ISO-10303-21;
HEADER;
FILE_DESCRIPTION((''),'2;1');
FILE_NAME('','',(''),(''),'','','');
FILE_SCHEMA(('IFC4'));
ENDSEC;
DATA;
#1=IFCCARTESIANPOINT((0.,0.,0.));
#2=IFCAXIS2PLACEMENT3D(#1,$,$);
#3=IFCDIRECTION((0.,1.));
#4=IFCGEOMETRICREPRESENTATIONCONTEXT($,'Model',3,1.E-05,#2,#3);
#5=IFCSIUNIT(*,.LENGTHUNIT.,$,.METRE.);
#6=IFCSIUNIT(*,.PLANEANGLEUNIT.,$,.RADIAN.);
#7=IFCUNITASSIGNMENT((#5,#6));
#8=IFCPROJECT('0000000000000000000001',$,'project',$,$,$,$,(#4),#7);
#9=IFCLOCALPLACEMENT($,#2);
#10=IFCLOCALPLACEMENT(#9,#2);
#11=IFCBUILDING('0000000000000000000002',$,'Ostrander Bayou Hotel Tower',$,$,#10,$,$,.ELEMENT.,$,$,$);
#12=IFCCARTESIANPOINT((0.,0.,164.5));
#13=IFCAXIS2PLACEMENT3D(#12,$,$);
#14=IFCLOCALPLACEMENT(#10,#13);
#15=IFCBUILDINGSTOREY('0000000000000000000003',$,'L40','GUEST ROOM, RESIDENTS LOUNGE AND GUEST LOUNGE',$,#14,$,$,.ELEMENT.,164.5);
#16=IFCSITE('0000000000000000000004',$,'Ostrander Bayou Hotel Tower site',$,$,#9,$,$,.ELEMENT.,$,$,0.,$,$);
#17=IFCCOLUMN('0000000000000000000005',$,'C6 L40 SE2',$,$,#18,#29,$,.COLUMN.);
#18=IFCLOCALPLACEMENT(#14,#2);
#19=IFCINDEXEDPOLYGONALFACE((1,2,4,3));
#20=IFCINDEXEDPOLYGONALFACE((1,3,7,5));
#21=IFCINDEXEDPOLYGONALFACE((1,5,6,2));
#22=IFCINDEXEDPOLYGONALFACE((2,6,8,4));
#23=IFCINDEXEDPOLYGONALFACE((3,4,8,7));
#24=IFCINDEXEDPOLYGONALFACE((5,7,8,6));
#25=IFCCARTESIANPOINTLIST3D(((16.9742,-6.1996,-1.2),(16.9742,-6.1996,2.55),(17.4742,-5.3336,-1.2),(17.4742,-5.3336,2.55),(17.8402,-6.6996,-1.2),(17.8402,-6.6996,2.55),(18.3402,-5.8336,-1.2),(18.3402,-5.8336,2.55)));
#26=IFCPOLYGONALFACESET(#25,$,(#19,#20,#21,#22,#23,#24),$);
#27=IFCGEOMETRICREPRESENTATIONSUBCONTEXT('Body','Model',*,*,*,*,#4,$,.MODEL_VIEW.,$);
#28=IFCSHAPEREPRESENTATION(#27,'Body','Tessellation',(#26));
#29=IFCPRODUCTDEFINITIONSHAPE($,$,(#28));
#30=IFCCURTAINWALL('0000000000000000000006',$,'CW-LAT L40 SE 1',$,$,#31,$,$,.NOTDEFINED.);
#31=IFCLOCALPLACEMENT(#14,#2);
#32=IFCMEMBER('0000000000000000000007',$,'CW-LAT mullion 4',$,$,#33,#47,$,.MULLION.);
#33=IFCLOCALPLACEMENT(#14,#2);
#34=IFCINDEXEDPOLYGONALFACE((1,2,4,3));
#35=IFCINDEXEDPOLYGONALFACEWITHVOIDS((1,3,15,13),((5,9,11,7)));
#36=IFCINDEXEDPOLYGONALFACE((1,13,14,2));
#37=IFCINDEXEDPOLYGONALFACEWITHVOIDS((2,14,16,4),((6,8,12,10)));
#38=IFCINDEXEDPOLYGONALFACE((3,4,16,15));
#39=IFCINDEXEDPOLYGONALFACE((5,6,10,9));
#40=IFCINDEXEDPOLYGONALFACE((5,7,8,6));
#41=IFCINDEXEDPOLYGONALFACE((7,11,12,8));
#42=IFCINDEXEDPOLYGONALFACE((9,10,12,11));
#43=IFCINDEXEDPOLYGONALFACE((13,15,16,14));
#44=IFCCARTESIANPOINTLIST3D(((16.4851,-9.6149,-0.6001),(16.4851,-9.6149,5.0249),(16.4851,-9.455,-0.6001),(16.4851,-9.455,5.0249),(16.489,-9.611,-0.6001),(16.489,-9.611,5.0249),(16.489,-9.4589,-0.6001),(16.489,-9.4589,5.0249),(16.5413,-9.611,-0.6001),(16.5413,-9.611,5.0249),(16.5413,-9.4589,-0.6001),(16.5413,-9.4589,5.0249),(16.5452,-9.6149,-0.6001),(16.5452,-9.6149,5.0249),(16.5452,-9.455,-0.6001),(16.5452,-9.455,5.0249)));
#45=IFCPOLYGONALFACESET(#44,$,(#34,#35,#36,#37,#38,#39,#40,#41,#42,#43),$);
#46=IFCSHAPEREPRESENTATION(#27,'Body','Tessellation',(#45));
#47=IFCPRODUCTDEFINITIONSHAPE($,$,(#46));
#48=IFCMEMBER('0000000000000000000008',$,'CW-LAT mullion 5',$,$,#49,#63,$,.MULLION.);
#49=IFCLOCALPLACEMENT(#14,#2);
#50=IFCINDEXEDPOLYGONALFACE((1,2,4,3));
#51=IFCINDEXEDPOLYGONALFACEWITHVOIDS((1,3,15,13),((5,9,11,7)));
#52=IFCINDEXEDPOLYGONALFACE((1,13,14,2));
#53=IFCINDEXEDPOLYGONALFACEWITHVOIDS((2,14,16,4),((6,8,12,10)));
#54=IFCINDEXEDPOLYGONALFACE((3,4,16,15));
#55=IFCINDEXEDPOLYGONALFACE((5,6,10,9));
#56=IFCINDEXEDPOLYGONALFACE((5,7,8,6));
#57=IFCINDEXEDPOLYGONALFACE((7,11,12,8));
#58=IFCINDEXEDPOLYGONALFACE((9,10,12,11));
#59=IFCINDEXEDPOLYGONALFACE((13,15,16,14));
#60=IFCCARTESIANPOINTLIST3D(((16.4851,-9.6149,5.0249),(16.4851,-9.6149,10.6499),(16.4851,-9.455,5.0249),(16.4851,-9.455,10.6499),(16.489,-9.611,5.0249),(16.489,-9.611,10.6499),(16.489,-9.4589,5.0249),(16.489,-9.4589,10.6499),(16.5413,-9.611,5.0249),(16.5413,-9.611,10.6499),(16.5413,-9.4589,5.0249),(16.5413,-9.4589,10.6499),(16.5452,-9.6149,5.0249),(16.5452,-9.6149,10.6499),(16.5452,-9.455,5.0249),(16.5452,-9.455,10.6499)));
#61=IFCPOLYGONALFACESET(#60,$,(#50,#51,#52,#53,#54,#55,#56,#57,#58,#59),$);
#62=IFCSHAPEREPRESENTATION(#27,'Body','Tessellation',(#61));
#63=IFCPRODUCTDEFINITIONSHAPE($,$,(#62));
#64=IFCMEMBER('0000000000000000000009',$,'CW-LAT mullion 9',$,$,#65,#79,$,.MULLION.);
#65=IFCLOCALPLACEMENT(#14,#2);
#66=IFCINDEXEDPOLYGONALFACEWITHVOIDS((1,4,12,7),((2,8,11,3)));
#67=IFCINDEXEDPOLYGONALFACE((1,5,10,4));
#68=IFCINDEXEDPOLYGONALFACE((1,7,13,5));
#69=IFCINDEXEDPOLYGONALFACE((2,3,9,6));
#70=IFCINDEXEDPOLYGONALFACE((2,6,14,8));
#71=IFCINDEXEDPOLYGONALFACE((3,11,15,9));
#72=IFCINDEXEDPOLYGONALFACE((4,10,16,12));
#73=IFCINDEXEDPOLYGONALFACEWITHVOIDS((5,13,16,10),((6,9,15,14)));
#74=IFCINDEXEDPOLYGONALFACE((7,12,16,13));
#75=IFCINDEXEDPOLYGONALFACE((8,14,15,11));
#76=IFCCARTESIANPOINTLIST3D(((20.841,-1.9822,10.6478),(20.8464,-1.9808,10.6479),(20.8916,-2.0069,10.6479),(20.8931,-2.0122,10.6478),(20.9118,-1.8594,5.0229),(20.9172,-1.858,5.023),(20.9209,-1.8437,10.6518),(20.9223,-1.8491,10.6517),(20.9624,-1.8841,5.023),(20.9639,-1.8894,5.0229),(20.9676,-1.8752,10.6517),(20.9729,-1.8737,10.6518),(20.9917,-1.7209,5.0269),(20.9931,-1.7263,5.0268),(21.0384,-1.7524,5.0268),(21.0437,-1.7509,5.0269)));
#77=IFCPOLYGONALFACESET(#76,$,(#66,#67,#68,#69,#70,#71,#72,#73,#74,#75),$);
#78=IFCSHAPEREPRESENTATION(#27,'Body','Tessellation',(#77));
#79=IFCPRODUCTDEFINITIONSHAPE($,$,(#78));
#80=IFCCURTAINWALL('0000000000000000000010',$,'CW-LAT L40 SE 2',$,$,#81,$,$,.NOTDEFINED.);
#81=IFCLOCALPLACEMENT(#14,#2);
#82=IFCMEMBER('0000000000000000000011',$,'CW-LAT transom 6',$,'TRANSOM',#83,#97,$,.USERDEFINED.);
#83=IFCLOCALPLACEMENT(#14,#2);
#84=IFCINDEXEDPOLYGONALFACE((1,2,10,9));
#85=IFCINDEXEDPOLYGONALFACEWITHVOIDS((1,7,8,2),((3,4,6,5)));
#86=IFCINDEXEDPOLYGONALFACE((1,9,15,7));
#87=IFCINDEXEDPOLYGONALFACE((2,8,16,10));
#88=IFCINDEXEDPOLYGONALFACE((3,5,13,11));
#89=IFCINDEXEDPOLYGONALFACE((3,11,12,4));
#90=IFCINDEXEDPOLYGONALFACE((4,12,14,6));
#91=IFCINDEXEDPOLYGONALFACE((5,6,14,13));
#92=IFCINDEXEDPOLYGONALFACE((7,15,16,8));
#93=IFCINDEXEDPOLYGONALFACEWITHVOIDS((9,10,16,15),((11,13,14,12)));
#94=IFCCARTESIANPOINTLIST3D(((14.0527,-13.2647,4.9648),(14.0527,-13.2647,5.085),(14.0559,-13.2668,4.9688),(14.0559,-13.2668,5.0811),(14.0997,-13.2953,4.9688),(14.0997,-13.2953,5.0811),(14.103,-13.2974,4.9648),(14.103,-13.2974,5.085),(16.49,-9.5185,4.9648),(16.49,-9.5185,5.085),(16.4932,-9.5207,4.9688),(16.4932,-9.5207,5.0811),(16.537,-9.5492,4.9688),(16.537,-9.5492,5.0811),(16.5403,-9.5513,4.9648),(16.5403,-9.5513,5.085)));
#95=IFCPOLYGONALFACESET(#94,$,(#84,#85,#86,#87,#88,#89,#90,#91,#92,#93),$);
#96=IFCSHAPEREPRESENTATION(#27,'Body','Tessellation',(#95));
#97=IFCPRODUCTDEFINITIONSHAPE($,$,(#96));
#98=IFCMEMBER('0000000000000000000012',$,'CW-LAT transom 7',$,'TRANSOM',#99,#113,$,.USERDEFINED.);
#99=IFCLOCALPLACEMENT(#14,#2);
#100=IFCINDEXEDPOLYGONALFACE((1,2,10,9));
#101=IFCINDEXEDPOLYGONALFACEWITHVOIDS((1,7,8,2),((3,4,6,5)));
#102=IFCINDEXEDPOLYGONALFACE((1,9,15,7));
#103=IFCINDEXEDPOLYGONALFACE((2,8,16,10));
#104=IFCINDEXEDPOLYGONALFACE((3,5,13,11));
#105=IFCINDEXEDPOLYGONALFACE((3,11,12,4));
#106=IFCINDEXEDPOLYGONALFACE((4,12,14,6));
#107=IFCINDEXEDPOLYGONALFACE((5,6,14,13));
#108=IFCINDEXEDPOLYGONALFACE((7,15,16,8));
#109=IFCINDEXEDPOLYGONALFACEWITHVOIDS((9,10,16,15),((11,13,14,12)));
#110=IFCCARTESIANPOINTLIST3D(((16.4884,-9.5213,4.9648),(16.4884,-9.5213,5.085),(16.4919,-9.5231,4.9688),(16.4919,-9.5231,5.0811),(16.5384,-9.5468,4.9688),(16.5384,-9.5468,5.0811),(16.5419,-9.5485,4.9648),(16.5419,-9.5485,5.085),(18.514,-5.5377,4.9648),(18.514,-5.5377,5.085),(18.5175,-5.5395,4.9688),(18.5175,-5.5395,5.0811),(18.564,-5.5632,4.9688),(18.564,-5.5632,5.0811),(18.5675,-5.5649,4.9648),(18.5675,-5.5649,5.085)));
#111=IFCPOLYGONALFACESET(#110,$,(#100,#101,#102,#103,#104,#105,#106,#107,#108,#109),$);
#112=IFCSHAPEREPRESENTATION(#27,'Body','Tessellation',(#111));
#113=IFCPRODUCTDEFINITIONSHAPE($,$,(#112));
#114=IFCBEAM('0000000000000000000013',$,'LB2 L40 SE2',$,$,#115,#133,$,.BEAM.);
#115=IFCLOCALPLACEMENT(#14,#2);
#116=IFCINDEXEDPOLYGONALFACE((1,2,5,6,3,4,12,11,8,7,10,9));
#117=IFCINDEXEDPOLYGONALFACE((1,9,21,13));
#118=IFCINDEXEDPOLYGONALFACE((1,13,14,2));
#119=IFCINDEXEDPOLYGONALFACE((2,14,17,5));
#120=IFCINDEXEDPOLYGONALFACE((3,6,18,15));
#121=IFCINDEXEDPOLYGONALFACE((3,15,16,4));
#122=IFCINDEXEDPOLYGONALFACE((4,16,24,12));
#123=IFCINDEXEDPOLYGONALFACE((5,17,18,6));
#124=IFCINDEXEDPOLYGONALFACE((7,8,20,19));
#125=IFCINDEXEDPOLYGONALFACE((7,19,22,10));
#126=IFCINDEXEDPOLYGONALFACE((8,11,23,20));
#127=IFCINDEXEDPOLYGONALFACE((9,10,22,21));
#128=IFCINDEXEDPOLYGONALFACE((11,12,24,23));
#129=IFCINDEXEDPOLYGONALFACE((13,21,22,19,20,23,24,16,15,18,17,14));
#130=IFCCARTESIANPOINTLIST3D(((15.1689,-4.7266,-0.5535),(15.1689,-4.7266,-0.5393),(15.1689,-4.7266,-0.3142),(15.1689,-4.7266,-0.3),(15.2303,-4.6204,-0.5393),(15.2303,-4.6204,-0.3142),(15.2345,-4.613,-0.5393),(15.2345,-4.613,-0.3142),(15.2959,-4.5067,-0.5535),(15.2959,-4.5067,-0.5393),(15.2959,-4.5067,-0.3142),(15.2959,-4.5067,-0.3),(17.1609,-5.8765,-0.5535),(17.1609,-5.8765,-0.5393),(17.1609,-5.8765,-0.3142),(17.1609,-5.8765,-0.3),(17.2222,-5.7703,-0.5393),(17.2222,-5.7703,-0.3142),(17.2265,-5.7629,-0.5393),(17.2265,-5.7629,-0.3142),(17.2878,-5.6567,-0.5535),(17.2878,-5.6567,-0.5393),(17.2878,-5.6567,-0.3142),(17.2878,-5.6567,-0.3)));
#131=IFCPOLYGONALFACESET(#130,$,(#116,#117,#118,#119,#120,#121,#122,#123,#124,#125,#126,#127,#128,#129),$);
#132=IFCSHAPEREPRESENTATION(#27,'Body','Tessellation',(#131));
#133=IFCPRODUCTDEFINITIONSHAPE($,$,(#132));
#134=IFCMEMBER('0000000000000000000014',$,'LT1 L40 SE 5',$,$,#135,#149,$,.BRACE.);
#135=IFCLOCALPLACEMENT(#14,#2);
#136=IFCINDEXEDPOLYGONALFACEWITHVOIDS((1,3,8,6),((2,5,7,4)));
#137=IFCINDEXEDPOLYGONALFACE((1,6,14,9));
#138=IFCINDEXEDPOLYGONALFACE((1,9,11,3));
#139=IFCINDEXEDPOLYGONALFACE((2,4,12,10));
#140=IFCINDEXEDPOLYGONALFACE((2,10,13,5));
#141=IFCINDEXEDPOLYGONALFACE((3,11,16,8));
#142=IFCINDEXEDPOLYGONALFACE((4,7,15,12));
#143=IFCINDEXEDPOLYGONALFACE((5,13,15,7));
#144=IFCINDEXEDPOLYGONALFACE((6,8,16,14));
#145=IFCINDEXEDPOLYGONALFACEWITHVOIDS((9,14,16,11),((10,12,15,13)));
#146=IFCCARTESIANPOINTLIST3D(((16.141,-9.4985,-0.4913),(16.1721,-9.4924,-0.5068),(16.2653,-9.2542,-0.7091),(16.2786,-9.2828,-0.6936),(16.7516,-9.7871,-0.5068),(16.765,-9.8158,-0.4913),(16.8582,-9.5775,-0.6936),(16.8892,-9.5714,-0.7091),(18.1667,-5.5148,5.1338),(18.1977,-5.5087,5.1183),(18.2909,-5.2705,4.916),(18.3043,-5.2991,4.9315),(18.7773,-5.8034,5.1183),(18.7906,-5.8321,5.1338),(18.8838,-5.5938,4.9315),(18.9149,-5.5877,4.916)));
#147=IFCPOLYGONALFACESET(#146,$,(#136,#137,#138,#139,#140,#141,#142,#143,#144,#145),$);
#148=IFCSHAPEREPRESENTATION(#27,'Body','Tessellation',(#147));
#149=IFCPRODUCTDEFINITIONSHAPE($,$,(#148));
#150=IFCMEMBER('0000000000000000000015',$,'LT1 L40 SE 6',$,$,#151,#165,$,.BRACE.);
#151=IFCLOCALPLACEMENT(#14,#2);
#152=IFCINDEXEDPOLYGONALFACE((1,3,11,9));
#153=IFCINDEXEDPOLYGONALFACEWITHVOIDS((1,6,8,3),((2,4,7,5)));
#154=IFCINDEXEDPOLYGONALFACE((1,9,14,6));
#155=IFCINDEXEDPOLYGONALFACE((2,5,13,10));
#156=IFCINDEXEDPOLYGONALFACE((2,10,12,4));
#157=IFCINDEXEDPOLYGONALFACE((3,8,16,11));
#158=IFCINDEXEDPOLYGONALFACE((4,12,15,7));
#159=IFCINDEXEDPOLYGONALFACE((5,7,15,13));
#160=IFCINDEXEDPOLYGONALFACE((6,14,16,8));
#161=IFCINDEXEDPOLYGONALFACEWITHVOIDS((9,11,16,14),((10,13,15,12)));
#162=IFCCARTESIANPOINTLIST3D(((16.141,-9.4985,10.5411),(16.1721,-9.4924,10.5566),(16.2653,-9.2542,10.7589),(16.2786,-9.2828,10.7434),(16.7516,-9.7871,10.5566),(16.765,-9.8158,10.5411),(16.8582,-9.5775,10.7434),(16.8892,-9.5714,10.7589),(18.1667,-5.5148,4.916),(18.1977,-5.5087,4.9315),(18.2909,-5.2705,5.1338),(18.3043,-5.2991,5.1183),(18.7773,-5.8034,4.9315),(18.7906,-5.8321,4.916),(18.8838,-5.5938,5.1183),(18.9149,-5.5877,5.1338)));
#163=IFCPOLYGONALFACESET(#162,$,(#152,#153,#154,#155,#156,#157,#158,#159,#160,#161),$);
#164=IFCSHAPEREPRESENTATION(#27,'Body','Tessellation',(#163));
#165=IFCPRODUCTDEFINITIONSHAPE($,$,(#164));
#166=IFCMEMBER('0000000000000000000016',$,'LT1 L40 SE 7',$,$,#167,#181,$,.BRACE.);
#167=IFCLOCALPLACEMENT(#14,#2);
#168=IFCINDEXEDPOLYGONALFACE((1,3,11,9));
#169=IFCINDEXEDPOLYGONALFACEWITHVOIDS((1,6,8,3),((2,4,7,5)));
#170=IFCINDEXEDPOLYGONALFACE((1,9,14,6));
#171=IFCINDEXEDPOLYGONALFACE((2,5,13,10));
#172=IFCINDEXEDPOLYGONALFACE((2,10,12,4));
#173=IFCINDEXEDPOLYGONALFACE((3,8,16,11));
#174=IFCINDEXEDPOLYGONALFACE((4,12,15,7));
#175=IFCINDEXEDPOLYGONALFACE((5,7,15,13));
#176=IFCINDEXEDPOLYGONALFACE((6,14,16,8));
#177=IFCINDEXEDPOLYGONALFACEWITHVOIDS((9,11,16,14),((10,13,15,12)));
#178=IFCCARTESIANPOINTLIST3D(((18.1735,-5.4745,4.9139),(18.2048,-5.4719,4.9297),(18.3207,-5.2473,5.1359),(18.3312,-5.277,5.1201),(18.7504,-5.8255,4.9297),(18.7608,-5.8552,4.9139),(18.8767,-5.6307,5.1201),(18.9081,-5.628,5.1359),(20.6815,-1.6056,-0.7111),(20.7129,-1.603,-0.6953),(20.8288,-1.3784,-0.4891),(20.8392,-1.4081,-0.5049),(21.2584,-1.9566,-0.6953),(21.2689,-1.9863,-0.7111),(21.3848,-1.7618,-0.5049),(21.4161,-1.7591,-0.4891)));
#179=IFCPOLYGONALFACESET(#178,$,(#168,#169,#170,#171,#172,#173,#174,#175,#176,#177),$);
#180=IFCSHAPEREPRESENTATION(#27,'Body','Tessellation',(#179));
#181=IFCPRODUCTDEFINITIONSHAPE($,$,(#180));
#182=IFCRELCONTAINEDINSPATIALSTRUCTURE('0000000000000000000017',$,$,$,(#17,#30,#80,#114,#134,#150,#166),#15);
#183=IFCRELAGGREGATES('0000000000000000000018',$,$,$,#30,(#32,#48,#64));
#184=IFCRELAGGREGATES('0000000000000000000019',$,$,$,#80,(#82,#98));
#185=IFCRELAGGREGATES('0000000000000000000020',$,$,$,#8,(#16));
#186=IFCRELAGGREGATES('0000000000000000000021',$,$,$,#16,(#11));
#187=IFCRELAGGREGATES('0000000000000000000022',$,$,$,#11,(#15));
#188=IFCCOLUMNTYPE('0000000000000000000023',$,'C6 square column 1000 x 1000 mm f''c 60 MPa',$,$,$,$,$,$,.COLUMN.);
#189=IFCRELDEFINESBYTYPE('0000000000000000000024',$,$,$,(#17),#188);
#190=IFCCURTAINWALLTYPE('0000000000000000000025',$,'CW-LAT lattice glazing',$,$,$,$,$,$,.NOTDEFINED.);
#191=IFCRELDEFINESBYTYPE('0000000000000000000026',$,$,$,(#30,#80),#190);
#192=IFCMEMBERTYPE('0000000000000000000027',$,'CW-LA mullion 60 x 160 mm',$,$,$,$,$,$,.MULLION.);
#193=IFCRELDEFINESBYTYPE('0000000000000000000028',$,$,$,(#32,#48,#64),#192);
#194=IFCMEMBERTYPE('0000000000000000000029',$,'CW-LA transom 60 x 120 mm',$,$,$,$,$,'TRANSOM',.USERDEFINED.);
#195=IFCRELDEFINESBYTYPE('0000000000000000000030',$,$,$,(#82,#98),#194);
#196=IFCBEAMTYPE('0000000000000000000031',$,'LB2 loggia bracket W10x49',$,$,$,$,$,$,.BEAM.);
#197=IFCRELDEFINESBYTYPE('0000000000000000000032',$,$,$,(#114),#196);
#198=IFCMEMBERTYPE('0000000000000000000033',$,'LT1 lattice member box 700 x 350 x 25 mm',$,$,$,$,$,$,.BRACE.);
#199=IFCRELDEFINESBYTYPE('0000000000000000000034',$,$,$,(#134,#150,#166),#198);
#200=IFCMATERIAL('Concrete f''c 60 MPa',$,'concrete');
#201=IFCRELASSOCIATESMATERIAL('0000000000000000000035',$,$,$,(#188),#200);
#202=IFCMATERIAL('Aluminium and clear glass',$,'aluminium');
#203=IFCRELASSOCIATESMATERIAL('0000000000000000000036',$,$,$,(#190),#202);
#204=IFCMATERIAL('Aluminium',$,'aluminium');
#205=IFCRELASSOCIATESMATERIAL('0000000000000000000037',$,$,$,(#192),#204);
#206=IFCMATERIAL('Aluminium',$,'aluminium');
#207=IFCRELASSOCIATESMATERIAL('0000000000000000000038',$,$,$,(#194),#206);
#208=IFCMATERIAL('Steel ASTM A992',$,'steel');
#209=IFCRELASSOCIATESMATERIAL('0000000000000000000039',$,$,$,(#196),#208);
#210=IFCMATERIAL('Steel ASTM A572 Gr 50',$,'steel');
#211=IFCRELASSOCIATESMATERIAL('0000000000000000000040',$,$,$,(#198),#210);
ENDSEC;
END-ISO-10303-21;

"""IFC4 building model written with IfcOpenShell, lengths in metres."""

from ifc_helpers import new_model, si_unit, direction, frame, origin, origin_2d, place, context, subcontext, project, spatial, rectangle, hollow_rectangle, i_section, extrude, material, material_profile, profile_set, type_object, element, aggregate, save


model = new_model("IFC4")

# Units and contexts
model_context = context("Model", 3, precision=1e-05, world=origin(), true_north=direction((0.0, 1.0)))
body_context = subcontext(model_context, "Body", "Model", "MODEL_VIEW")
ifc_project = project(units=[si_unit("LENGTHUNIT", "METRE"), si_unit("PLANEANGLEUNIT", "RADIAN")], contexts=[model_context])

# Site, building, storey
site_placement = place(None, origin())
site = spatial("IfcSite", under=ifc_project, at=site_placement, Name="Ostrander Bayou Hotel Tower site", CompositionType="ELEMENT", RefElevation=0.0)
building_placement = place(site_placement, origin())
building = spatial("IfcBuilding", under=site, at=building_placement, Name="Ostrander Bayou Hotel Tower", CompositionType="ELEMENT")
storey_placement = place(building_placement, frame((0.0, 0.0, 164.5)))
storey = spatial("IfcBuildingStorey", under=building, at=storey_placement, Name="L40", Description="GUEST ROOM, RESIDENTS LOUNGE AND GUEST LOUNGE", CompositionType="ELEMENT", Elevation=164.5)

# Column
ifc_material_1 = material(Name="Concrete f'c 60 MPa", Category="concrete")
ifc_material_profile_1 = material_profile(ifc_material_1, rectangle(XDim=1.0, YDim=1.0, at=origin_2d()))
ifc_profile_set_1 = profile_set([ifc_material_profile_1], Name="Concrete f'c 60 MPa")
column_type = type_object("IfcColumnType", Name="C6 square column 1000 x 1000 mm f'c 60 MPa", PredefinedType="COLUMN", material=ifc_profile_set_1)
column_placement = place(storey_placement, frame((17.6572, -6.0166, -1.2), z_axis=(0.0, 0.0, 1.0), x_axis=(-0.5, -0.866025, 0.0)))
element("IfcColumn", 1, at=column_placement, inside=storey, type_object=column_type, Name="C6 L40 SE2", PredefinedType="COLUMN", context=body_context, shape_type="SweptSolid", body=[
    extrude(rectangle(XDim=1.0, YDim=1.0, at=origin_2d()), origin(), (0.0, 0.0, 1.0), 3.75),
])

# Curtain walls, members
ifc_material_2 = material(Name="Aluminium and clear glass", Category="aluminium")
curtain_wall_type = type_object("IfcCurtainWallType", Name="CW-LAT lattice glazing", PredefinedType="NOTDEFINED", material=ifc_material_2)
curtain_wall_1_placement = place(storey_placement, origin())
curtain_wall_1 = element("IfcCurtainWall", 2, at=curtain_wall_1_placement, inside=storey, type_object=curtain_wall_type, Name="CW-LAT L40 SE 1", PredefinedType="NOTDEFINED")
ifc_material_3 = material(Name="Aluminium", Category="aluminium")
ifc_material_profile_2 = material_profile(ifc_material_3, hollow_rectangle(XDim=0.0601, YDim=0.1599, WallThickness=0.0039, at=origin_2d()))
ifc_profile_set_2 = profile_set([ifc_material_profile_2], Name="Aluminium")
member_type_1 = type_object("IfcMemberType", Name="CW-LA mullion 60 x 160 mm", PredefinedType="MULLION", material=ifc_profile_set_2)
member_1_placement = place(storey_placement, frame((16.5151, -9.5349, -0.6001), z_axis=(0.0, 0.0, 1.0), x_axis=(1.0, 0.0, 0.0)))
member_1 = element("IfcMember", 3, at=member_1_placement, type_object=member_type_1, Name="CW-LAT mullion 4", PredefinedType="MULLION", context=body_context, shape_type="SweptSolid", body=[
    extrude(hollow_rectangle(XDim=0.0601, YDim=0.1599, WallThickness=0.0039, at=origin_2d()), origin(), (0.0, 0.0, 1.0), 5.625),
])
member_2_placement = place(storey_placement, frame((16.5151, -9.5349, 5.0249), z_axis=(0.0, 0.0, 1.0), x_axis=(1.0, 0.0, 0.0)))
member_2 = element("IfcMember", 4, at=member_2_placement, type_object=member_type_1, Name="CW-LAT mullion 5", PredefinedType="MULLION", context=body_context, shape_type="SweptSolid", body=[
    extrude(hollow_rectangle(XDim=0.0601, YDim=0.1599, WallThickness=0.0039, at=origin_2d()), origin(), (0.0, 0.0, 1.0), 5.625),
])
member_3_placement = place(storey_placement, frame((20.9778, -1.8052, 5.0249), z_axis=(-0.012583, -0.021825, 0.999683), x_axis=(0.866329, -0.499474, 0.0)))
member_3 = element("IfcMember", 5, at=member_3_placement, type_object=member_type_1, Name="CW-LAT mullion 9", PredefinedType="MULLION", context=body_context, shape_type="SweptSolid", body=[
    extrude(hollow_rectangle(XDim=0.0601, YDim=0.1599, WallThickness=0.0039, at=origin_2d()), origin(), (0.0, 0.0, 1.0), 5.6267),
])
curtain_wall_2_placement = place(storey_placement, origin())
curtain_wall_2 = element("IfcCurtainWall", 6, at=curtain_wall_2_placement, inside=storey, type_object=curtain_wall_type, Name="CW-LAT L40 SE 2", PredefinedType="NOTDEFINED")
ifc_material_4 = material(Name="Aluminium", Category="aluminium")
ifc_material_profile_3 = material_profile(ifc_material_4, hollow_rectangle(XDim=0.0601, YDim=0.1201, WallThickness=0.0039, at=origin_2d()))
ifc_profile_set_3 = profile_set([ifc_material_profile_3], Name="Aluminium")
member_type_2 = type_object("IfcMemberType", Name="CW-LA transom 60 x 120 mm", ElementType="TRANSOM", PredefinedType="USERDEFINED", material=ifc_profile_set_3)
member_4_placement = place(storey_placement, frame((16.5151, -9.5349, 5.0249), z_axis=(-0.545349, -0.838209, 0.0), x_axis=(0.838209, -0.545349, 0.0)))
member_4 = element("IfcMember", 7, at=member_4_placement, type_object=member_type_2, Name="CW-LAT transom 6", ObjectType="TRANSOM", PredefinedType="USERDEFINED", context=body_context, shape_type="SweptSolid", body=[
    extrude(hollow_rectangle(XDim=0.0601, YDim=0.1201, WallThickness=0.0039, at=origin_2d()), origin(), (0.0, 0.0, 1.0), 4.4692),
])
member_5_placement = place(storey_placement, frame((16.5151, -9.5349, 5.0249), z_axis=(0.453256, 0.89138, 0.0), x_axis=(-0.89138, 0.453256, 0.0)))
member_5 = element("IfcMember", 8, at=member_5_placement, type_object=member_type_2, Name="CW-LAT transom 7", ObjectType="TRANSOM", PredefinedType="USERDEFINED", context=body_context, shape_type="SweptSolid", body=[
    extrude(hollow_rectangle(XDim=0.0601, YDim=0.1201, WallThickness=0.0039, at=origin_2d()), origin(), (0.0, 0.0, 1.0), 4.469),
])

# Beam
ifc_material_5 = material(Name="Steel ASTM A992", Category="steel")
ifc_material_profile_4 = material_profile(ifc_material_5, i_section(OverallWidth=0.2539, OverallDepth=0.2534, WebThickness=0.0085, FlangeThickness=0.0142, at=origin_2d()))
ifc_profile_set_4 = profile_set([ifc_material_profile_4], Name="Steel ASTM A992")
beam_type_1 = type_object("IfcBeamType", Name="LB2 loggia bracket W10x49", PredefinedType="BEAM", material=ifc_profile_set_4)
beam_1_placement = place(storey_placement, frame((17.2244, -5.7666, -0.4268), z_axis=(-0.866053, 0.499952, 0.0), x_axis=(-0.499952, -0.866053, 0.0)))
element("IfcBeam", 9, at=beam_1_placement, inside=storey, type_object=beam_type_1, Name="LB2 L40 SE2", PredefinedType="BEAM", context=body_context, shape_type="SweptSolid", body=[
    extrude(i_section(OverallWidth=0.2539, OverallDepth=0.2534, WebThickness=0.0085, FlangeThickness=0.0142, at=origin_2d()), origin(), (0.0, 0.0, 1.0), 2.3),
])

# Members
ifc_material_6 = material(Name="Steel ASTM A572 Gr 50", Category="steel")
ifc_material_profile_5 = material_profile(ifc_material_6, hollow_rectangle(XDim=0.7, YDim=0.3501, WallThickness=0.0249, at=origin_2d()))
ifc_profile_set_5 = profile_set([ifc_material_profile_5], Name="Steel ASTM A572 Gr 50")
member_type_3 = type_object("IfcMemberType", Name="LT1 lattice member box 700 x 350 x 25 mm", PredefinedType="BRACE", material=ifc_profile_set_5)
for number, where, z_axis, x_axis, name in (
    (10, (18.5408, -5.5513, 5.0249), (-0.281956, -0.554498, -0.782964), (0.89138, -0.453256, 0.0), "LT1 L40 SE 5"),
    (11, (18.5408, -5.5513, 5.0249), (-0.281956, -0.554498, 0.782964), (0.89138, -0.453256, 0.0), "LT1 L40 SE 6"),
):
    element("IfcMember", number, at=place(storey_placement, frame(where, z_axis=z_axis, x_axis=x_axis)), inside=storey, type_object=member_type_3, Name=name, PredefinedType="BRACE", context=body_context, shape_type="SweptSolid", body=[
        extrude(hollow_rectangle(XDim=0.7, YDim=0.3501, WallThickness=0.0249, at=origin_2d()), origin(), (0.0, 0.0, 1.0), 7.1843),
    ])
member_6_placement = place(storey_placement, frame((18.5408, -5.5513, 5.0249), z_axis=(0.344836, 0.531939, -0.773388), x_axis=(-0.83911, 0.543962, 0.0)))
element("IfcMember", 12, at=member_6_placement, inside=storey, type_object=member_type_3, Name="LT1 L40 SE 7", PredefinedType="BRACE", context=body_context, shape_type="SweptSolid", body=[
    extrude(hollow_rectangle(XDim=0.7, YDim=0.3501, WallThickness=0.0249, at=origin_2d()), origin(), (0.0, 0.0, 1.0), 7.2732),
])

aggregate(curtain_wall_1, [member_1, member_2, member_3])
aggregate(curtain_wall_2, [member_4, member_5])

save(model, "model.ifc")
